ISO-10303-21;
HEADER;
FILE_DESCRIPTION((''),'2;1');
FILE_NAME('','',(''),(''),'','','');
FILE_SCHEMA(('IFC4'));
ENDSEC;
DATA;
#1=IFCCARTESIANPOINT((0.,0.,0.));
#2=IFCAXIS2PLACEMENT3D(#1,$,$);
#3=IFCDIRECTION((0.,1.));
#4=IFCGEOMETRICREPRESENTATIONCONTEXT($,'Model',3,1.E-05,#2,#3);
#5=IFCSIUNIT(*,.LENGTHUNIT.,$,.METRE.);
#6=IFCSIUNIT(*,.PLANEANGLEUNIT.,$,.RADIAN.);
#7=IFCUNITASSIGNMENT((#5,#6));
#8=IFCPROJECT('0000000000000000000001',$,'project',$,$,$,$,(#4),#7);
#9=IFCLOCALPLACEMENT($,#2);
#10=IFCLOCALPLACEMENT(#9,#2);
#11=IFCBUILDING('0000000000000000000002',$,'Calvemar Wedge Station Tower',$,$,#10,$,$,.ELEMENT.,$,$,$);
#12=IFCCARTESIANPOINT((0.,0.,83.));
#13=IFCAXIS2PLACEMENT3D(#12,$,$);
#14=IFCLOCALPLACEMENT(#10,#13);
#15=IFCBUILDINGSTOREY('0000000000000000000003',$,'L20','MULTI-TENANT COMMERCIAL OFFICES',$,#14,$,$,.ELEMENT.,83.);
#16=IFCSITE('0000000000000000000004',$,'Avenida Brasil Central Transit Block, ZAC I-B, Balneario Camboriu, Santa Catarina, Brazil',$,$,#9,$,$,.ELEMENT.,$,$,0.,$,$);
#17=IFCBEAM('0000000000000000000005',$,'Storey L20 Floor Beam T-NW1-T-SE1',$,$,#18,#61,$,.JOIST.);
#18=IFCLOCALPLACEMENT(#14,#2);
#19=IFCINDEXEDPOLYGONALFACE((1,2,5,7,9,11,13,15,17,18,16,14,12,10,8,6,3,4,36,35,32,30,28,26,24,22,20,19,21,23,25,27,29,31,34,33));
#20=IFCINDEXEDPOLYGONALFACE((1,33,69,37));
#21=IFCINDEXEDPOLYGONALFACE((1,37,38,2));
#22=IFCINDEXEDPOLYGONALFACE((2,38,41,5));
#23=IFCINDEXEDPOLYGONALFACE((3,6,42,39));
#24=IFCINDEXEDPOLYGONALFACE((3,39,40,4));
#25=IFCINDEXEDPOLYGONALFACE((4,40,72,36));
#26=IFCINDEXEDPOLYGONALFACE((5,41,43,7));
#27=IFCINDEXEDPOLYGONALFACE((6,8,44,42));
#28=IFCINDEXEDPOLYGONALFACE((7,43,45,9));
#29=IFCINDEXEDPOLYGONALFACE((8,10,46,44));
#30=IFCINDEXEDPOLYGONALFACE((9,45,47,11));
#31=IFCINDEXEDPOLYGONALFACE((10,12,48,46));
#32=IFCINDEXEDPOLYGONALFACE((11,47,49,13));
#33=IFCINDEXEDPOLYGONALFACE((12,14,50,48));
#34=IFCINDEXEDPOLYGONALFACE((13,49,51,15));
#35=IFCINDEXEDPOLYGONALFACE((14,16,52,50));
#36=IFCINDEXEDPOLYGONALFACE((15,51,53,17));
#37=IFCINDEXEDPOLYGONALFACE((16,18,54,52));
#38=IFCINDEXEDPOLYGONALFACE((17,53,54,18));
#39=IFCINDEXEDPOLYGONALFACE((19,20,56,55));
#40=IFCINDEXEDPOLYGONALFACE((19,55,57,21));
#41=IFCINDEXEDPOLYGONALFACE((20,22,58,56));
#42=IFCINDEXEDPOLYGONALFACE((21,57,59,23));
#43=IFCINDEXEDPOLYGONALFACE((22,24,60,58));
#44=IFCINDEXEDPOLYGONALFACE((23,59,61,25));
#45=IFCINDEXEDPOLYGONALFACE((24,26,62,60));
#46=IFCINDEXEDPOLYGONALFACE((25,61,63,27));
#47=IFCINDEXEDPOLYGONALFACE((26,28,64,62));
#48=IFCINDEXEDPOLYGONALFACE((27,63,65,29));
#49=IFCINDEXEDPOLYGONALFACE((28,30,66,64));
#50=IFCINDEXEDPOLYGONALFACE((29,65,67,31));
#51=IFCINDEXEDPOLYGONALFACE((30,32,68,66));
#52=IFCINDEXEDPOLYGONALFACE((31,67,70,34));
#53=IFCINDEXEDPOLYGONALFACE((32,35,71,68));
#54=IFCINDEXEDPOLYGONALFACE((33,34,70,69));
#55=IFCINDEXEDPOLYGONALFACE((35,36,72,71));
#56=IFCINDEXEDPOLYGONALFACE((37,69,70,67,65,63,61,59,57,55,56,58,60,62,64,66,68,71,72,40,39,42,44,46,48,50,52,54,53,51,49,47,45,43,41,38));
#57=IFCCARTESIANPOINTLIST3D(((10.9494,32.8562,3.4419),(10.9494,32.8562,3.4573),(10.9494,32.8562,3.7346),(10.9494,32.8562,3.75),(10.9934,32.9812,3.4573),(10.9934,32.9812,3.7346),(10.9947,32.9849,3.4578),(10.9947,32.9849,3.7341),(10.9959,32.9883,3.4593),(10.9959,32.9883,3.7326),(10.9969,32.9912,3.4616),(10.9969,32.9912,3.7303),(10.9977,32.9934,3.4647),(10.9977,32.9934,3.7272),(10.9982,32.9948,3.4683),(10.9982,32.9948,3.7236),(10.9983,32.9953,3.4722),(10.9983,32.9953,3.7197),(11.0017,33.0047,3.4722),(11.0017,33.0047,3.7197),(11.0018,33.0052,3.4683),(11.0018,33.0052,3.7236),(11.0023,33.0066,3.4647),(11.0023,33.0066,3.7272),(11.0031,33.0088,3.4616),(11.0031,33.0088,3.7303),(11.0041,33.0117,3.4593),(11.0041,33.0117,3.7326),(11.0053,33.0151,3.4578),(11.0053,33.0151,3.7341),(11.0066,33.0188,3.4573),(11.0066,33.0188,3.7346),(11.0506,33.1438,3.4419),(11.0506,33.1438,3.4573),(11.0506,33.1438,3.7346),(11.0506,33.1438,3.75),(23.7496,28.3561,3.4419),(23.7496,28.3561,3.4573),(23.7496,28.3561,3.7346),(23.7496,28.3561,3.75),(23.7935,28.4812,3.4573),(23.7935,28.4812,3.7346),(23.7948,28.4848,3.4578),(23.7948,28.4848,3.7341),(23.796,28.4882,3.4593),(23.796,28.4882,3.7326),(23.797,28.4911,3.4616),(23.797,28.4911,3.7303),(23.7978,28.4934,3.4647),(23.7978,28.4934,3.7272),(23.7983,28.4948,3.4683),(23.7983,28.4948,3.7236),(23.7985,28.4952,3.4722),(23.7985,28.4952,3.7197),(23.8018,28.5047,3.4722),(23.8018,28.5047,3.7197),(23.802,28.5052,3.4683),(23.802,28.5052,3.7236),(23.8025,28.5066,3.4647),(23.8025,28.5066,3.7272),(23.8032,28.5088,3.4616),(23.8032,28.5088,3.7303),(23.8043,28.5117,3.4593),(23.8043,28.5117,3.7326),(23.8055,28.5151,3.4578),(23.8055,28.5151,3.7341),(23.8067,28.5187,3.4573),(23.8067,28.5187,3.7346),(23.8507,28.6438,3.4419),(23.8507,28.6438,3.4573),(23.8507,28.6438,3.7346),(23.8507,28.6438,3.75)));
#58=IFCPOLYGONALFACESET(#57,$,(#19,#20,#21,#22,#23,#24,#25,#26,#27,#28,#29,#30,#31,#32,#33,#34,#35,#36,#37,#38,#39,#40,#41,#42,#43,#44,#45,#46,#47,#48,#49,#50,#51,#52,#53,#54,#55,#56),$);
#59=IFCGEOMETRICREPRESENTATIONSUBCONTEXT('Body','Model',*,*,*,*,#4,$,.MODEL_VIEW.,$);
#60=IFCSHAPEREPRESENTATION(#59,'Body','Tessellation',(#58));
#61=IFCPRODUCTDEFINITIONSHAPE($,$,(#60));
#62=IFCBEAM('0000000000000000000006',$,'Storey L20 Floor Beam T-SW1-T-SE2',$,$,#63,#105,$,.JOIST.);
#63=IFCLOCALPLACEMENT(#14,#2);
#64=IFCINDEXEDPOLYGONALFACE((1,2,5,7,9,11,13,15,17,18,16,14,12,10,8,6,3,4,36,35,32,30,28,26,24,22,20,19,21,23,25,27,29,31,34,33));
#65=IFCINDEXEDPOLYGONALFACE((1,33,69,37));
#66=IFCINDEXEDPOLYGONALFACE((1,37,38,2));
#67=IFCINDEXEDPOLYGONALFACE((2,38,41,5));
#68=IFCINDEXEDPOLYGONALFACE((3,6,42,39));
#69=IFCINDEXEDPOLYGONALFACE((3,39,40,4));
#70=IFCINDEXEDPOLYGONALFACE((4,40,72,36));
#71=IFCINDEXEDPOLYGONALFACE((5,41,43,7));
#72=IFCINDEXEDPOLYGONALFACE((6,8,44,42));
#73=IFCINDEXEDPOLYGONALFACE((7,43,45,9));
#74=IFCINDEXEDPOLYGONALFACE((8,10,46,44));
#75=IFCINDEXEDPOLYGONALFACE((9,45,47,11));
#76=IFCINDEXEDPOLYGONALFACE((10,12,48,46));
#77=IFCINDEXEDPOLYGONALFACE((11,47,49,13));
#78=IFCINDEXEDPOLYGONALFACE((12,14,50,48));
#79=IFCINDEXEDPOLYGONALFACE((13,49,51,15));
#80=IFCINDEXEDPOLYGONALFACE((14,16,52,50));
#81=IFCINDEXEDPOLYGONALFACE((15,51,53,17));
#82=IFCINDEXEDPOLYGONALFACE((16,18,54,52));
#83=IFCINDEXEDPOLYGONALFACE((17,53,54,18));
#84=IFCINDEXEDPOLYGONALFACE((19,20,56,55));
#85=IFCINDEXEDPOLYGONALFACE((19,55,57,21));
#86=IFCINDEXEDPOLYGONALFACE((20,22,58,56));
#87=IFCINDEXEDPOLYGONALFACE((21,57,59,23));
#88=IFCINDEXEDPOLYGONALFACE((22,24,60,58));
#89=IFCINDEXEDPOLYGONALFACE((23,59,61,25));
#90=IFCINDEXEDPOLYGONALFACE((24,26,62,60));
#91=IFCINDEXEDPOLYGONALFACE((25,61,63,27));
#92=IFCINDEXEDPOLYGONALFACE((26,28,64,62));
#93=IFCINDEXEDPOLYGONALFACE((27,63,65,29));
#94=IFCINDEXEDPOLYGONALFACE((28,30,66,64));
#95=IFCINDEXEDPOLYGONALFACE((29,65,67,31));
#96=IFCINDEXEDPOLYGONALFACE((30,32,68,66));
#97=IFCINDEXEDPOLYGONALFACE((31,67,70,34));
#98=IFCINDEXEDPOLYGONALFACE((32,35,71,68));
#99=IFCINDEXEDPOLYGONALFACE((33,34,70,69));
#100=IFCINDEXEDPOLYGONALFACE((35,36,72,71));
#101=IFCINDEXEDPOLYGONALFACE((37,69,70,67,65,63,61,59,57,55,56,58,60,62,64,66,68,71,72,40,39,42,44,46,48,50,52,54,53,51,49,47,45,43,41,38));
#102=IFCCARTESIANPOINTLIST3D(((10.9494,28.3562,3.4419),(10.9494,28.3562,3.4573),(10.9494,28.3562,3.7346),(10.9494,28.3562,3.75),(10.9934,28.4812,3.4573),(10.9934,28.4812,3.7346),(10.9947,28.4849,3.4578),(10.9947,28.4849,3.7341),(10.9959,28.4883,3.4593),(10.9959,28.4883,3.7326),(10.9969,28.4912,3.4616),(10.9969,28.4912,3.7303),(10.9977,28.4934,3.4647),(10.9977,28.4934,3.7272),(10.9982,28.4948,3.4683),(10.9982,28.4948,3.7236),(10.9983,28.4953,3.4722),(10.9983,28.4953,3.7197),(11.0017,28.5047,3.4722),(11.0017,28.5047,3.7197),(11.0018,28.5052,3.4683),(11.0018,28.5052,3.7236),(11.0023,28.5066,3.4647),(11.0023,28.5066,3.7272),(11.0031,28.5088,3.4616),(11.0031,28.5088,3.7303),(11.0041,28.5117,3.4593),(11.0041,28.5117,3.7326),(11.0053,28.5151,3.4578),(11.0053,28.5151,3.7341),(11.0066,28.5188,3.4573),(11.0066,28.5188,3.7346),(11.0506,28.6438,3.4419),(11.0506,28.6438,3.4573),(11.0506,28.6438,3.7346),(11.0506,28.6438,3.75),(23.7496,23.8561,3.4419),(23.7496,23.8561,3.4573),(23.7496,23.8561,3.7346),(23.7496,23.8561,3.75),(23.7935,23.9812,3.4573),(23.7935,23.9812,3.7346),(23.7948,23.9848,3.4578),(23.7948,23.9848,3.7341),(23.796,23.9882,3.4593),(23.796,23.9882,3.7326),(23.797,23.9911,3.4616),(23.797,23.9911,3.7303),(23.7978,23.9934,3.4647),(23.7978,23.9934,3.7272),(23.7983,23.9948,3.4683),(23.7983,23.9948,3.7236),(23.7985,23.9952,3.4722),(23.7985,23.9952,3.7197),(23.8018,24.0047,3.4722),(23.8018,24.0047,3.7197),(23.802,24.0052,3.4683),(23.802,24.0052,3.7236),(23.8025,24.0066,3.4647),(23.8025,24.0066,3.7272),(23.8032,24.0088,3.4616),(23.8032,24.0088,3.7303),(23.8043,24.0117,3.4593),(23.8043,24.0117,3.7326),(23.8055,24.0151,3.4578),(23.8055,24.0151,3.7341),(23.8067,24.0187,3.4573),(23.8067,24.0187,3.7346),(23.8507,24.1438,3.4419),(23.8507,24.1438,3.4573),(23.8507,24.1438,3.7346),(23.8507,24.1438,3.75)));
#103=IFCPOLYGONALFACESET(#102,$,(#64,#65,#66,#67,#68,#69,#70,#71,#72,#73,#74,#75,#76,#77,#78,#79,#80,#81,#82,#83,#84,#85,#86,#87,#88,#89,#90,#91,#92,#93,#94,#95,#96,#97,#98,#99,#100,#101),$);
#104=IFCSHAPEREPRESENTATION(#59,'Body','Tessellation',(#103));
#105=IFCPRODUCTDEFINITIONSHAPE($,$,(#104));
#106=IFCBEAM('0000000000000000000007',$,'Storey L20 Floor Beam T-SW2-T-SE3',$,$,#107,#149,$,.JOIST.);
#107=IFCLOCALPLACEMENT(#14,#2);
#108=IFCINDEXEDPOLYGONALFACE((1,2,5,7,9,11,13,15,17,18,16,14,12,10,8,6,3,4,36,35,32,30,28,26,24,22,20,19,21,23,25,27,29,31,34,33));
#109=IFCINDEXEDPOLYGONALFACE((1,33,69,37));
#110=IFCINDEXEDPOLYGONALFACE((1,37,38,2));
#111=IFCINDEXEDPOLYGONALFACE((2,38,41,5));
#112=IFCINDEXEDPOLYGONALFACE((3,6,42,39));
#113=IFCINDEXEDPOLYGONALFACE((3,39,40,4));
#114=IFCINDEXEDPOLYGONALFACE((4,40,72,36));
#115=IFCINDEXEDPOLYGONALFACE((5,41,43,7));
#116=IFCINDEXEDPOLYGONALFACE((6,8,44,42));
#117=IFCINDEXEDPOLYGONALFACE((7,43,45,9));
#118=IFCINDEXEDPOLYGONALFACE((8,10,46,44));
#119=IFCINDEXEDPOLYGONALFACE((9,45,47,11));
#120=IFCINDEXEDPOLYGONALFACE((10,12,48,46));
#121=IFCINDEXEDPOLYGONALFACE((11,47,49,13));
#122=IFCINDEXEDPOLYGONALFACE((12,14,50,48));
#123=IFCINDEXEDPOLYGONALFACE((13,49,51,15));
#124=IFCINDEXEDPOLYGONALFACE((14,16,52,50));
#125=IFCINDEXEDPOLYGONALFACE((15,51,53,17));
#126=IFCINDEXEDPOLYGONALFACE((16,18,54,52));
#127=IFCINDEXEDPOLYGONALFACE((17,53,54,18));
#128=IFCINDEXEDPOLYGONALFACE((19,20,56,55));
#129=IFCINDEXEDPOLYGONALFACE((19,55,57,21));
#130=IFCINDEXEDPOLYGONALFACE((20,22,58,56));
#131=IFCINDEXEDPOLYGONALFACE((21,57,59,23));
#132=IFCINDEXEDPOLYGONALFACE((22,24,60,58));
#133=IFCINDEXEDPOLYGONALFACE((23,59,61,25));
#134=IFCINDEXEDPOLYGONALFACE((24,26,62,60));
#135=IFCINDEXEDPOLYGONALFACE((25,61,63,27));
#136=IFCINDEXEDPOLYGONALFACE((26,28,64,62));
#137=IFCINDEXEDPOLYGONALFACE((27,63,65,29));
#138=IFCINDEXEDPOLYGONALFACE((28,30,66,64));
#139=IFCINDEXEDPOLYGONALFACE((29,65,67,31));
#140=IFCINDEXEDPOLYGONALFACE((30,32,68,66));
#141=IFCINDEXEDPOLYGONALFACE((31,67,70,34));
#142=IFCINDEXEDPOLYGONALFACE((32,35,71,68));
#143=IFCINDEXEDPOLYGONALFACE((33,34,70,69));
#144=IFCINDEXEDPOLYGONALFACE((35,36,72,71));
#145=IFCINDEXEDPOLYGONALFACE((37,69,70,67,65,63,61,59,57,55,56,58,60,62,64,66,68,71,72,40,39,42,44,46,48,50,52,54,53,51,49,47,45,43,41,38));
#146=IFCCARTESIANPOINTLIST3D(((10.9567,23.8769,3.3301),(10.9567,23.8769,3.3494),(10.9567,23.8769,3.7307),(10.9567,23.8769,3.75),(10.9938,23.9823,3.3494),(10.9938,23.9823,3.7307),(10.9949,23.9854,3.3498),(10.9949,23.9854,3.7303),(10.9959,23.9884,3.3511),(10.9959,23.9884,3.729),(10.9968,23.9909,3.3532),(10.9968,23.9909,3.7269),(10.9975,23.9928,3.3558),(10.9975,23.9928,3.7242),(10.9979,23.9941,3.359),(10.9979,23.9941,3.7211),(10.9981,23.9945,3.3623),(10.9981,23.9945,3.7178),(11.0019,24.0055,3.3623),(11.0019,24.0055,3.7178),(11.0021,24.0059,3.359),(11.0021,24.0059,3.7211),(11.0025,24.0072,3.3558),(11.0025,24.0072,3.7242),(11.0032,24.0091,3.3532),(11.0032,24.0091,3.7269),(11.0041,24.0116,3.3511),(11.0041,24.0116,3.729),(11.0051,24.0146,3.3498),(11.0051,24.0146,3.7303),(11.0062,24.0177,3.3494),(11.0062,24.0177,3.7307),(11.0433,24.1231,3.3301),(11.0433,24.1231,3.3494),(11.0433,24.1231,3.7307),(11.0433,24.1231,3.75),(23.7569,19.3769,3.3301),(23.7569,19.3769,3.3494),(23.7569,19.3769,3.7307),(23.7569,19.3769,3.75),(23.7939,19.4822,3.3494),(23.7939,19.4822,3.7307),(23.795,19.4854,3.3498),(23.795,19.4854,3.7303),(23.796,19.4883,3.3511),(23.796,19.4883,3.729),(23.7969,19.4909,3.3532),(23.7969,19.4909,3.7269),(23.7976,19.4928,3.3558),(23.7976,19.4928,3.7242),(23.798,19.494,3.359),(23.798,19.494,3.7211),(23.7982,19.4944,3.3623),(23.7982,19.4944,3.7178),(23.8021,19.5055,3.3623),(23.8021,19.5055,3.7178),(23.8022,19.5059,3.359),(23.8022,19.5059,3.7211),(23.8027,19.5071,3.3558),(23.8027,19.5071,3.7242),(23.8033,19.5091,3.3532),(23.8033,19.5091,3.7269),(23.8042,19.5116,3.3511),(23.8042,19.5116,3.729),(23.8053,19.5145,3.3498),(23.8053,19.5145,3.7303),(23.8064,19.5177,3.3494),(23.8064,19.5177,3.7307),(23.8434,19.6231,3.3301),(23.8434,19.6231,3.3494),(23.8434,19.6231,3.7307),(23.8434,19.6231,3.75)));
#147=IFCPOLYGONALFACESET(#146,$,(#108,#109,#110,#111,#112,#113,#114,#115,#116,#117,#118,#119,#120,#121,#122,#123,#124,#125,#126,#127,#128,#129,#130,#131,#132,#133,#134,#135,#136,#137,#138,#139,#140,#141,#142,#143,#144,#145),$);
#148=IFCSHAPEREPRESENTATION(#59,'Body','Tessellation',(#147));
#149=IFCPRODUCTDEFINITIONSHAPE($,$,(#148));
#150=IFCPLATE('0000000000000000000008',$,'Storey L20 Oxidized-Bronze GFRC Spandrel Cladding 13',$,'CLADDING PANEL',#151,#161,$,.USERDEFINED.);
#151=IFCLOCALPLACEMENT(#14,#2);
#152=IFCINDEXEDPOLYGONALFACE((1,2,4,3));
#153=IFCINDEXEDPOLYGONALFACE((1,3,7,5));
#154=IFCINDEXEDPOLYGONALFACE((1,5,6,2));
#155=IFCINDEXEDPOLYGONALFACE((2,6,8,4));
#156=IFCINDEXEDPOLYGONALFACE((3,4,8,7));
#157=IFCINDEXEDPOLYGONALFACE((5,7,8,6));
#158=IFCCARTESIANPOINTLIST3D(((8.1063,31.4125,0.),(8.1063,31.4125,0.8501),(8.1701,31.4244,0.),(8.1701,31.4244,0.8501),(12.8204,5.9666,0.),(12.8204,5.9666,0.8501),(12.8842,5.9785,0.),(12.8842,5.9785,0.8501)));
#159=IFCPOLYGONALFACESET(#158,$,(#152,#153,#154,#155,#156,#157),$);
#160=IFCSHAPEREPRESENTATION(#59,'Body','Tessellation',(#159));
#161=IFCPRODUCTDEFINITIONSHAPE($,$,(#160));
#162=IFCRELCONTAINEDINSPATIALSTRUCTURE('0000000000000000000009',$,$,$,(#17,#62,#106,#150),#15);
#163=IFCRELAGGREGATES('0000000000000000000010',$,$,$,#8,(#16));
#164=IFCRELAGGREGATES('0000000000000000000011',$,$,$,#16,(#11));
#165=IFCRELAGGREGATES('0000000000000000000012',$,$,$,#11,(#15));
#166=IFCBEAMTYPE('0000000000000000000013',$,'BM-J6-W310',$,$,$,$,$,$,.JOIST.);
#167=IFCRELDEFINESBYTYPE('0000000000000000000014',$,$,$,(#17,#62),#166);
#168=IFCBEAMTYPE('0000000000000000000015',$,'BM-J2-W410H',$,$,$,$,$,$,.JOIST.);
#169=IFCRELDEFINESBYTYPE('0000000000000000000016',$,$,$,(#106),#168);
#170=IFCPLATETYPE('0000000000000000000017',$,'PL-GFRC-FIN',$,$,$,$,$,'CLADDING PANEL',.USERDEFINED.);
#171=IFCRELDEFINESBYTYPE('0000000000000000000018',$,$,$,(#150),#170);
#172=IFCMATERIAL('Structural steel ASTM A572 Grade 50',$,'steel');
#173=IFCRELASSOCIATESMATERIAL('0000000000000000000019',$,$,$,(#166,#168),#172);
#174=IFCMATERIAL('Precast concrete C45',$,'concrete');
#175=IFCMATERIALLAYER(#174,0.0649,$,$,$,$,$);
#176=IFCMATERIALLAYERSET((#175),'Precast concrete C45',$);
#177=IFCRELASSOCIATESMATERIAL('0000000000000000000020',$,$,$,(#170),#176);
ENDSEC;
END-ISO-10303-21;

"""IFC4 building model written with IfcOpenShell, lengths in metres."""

from ifc_helpers import new_model, si_unit, direction, frame, frame_2d, origin, origin_2d, place, context, subcontext, project, spatial, rectangle, i_section, extrude, source, transform, mapped, material, layer, layer_set, material_profile, profile_set, type_object, element, save


model = new_model("IFC4")

# Units and contexts
model_context = context("Model", 3, precision=1e-05, world=origin(), true_north=direction((0.0, 1.0)))
body_context = subcontext(model_context, "Body", "Model", "MODEL_VIEW")
ifc_project = project(units=[si_unit("LENGTHUNIT", "METRE"), si_unit("PLANEANGLEUNIT", "RADIAN")], contexts=[model_context])

# Site, building, storey
site_placement = place(None, origin())
site = spatial("IfcSite", under=ifc_project, at=site_placement, Name="Avenida Brasil Central Transit Block, ZAC I-B, Balneario Camboriu, Santa Catarina, Brazil", CompositionType="ELEMENT", RefElevation=0.0)
building_placement = place(site_placement, origin())
building = spatial("IfcBuilding", under=site, at=building_placement, Name="Calvemar Wedge Station Tower", CompositionType="ELEMENT")
storey_placement = place(building_placement, frame((0.0, 0.0, 83.0)))
storey = spatial("IfcBuildingStorey", under=building, at=storey_placement, Name="L20", Description="MULTI-TENANT COMMERCIAL OFFICES", CompositionType="ELEMENT", Elevation=83.0)

# Beams
ifc_material_1 = material(Name="Structural steel ASTM A572 Grade 50", Category="steel")
ifc_material_profile_1 = material_profile(ifc_material_1, i_section(OverallWidth=0.3049, OverallDepth=0.3081, WebThickness=0.01, FlangeThickness=0.0154, FilletRadius=0.0149, at=origin_2d()), Name="W310x97")
ifc_profile_set_1 = profile_set([ifc_material_profile_1], Name="Structural steel ASTM A572 Grade 50")
beam_type_1 = type_object("IfcBeamType", Name="BM-J6-W310", PredefinedType="JOIST", material=ifc_profile_set_1)
shared_shape_1 = source(origin(), body_context, "Body", "SweptSolid", [
    extrude(i_section(OverallWidth=0.3049, OverallDepth=0.3081, WebThickness=0.01, FlangeThickness=0.0154, FilletRadius=0.0149, at=origin_2d()), origin(), (0.0, 0.0, 1.0), 13.5681),
])
for number, where, z_axis, x_axis, name in (
    (1, (11.0, 33.0, 3.5959), (0.943398, -0.331662, 0.0), (0.331662, 0.943398, 0.0), "Storey L20 Floor Beam T-NW1-T-SE1"),
    (2, (11.0, 28.5, 3.5959), (0.943398, -0.331662, 0.0), (0.331662, 0.943398, 0.0), "Storey L20 Floor Beam T-SW1-T-SE2"),
):
    element("IfcBeam", number, at=place(storey_placement, frame(where, z_axis=z_axis, x_axis=x_axis)), inside=storey, type_object=beam_type_1, Name=name, PredefinedType="JOIST", context=body_context, shape_type="MappedRepresentation", body=[
        mapped(shared_shape_1, transform((0.0, 0.0, 0.0), scale=1.0)),
    ])
ifc_material_profile_2 = material_profile(ifc_material_1, i_section(OverallWidth=0.261, OverallDepth=0.4199, WebThickness=0.0117, FlangeThickness=0.0193, FilletRadius=0.0129, at=origin_2d()), Name="W410x114")
ifc_profile_set_2 = profile_set([ifc_material_profile_2], Name="Structural steel ASTM A572 Grade 50")
beam_type_2 = type_object("IfcBeamType", Name="BM-J2-W410H", PredefinedType="JOIST", material=ifc_profile_set_2)
shared_shape_2 = source(origin(), body_context, "Body", "SweptSolid", [
    extrude(i_section(OverallWidth=0.261, OverallDepth=0.4199, WebThickness=0.0117, FlangeThickness=0.0193, FilletRadius=0.0129, at=origin_2d()), origin(), (0.0, 0.0, 1.0), 13.5681),
])
beam_1_placement = place(storey_placement, frame((11.0, 24.0, 3.54), z_axis=(0.943398, -0.331662, 0.0), x_axis=(0.331662, 0.943398, 0.0)))
element("IfcBeam", 3, at=beam_1_placement, inside=storey, type_object=beam_type_2, Name="Storey L20 Floor Beam T-SW2-T-SE3", PredefinedType="JOIST", context=body_context, shape_type="MappedRepresentation", body=[
    mapped(shared_shape_2, transform((0.0, 0.0, 0.0), scale=1.0)),
])

# Plate
ifc_material_2 = material(Name="Precast concrete C45", Category="concrete")
ifc_layer_1 = layer(ifc_material_2, 0.0649)
ifc_layer_set_1 = layer_set([ifc_layer_1], Name="Precast concrete C45")
plate_type = type_object("IfcPlateType", Name="PL-GFRC-FIN", ElementType="CLADDING PANEL", PredefinedType="USERDEFINED", material=ifc_layer_set_1)
plate_placement = place(storey_placement, frame((8.1382, 31.4185, 0.0), z_axis=(0.0, 0.0, 1.0), x_axis=(0.182161, -0.983269, 0.0)))
element("IfcPlate", 4, at=plate_placement, inside=storey, type_object=plate_type, Name="Storey L20 Oxidized-Bronze GFRC Spandrel Cladding 13", ObjectType="CLADDING PANEL", PredefinedType="USERDEFINED", context=body_context, shape_type="SweptSolid", body=[
    extrude(rectangle(XDim=25.8789, YDim=0.0649, at=frame_2d((12.9395, 0.0))), origin(), (0.0, 0.0, 1.0), 0.8501),
])

save(model, "model.ifc")
